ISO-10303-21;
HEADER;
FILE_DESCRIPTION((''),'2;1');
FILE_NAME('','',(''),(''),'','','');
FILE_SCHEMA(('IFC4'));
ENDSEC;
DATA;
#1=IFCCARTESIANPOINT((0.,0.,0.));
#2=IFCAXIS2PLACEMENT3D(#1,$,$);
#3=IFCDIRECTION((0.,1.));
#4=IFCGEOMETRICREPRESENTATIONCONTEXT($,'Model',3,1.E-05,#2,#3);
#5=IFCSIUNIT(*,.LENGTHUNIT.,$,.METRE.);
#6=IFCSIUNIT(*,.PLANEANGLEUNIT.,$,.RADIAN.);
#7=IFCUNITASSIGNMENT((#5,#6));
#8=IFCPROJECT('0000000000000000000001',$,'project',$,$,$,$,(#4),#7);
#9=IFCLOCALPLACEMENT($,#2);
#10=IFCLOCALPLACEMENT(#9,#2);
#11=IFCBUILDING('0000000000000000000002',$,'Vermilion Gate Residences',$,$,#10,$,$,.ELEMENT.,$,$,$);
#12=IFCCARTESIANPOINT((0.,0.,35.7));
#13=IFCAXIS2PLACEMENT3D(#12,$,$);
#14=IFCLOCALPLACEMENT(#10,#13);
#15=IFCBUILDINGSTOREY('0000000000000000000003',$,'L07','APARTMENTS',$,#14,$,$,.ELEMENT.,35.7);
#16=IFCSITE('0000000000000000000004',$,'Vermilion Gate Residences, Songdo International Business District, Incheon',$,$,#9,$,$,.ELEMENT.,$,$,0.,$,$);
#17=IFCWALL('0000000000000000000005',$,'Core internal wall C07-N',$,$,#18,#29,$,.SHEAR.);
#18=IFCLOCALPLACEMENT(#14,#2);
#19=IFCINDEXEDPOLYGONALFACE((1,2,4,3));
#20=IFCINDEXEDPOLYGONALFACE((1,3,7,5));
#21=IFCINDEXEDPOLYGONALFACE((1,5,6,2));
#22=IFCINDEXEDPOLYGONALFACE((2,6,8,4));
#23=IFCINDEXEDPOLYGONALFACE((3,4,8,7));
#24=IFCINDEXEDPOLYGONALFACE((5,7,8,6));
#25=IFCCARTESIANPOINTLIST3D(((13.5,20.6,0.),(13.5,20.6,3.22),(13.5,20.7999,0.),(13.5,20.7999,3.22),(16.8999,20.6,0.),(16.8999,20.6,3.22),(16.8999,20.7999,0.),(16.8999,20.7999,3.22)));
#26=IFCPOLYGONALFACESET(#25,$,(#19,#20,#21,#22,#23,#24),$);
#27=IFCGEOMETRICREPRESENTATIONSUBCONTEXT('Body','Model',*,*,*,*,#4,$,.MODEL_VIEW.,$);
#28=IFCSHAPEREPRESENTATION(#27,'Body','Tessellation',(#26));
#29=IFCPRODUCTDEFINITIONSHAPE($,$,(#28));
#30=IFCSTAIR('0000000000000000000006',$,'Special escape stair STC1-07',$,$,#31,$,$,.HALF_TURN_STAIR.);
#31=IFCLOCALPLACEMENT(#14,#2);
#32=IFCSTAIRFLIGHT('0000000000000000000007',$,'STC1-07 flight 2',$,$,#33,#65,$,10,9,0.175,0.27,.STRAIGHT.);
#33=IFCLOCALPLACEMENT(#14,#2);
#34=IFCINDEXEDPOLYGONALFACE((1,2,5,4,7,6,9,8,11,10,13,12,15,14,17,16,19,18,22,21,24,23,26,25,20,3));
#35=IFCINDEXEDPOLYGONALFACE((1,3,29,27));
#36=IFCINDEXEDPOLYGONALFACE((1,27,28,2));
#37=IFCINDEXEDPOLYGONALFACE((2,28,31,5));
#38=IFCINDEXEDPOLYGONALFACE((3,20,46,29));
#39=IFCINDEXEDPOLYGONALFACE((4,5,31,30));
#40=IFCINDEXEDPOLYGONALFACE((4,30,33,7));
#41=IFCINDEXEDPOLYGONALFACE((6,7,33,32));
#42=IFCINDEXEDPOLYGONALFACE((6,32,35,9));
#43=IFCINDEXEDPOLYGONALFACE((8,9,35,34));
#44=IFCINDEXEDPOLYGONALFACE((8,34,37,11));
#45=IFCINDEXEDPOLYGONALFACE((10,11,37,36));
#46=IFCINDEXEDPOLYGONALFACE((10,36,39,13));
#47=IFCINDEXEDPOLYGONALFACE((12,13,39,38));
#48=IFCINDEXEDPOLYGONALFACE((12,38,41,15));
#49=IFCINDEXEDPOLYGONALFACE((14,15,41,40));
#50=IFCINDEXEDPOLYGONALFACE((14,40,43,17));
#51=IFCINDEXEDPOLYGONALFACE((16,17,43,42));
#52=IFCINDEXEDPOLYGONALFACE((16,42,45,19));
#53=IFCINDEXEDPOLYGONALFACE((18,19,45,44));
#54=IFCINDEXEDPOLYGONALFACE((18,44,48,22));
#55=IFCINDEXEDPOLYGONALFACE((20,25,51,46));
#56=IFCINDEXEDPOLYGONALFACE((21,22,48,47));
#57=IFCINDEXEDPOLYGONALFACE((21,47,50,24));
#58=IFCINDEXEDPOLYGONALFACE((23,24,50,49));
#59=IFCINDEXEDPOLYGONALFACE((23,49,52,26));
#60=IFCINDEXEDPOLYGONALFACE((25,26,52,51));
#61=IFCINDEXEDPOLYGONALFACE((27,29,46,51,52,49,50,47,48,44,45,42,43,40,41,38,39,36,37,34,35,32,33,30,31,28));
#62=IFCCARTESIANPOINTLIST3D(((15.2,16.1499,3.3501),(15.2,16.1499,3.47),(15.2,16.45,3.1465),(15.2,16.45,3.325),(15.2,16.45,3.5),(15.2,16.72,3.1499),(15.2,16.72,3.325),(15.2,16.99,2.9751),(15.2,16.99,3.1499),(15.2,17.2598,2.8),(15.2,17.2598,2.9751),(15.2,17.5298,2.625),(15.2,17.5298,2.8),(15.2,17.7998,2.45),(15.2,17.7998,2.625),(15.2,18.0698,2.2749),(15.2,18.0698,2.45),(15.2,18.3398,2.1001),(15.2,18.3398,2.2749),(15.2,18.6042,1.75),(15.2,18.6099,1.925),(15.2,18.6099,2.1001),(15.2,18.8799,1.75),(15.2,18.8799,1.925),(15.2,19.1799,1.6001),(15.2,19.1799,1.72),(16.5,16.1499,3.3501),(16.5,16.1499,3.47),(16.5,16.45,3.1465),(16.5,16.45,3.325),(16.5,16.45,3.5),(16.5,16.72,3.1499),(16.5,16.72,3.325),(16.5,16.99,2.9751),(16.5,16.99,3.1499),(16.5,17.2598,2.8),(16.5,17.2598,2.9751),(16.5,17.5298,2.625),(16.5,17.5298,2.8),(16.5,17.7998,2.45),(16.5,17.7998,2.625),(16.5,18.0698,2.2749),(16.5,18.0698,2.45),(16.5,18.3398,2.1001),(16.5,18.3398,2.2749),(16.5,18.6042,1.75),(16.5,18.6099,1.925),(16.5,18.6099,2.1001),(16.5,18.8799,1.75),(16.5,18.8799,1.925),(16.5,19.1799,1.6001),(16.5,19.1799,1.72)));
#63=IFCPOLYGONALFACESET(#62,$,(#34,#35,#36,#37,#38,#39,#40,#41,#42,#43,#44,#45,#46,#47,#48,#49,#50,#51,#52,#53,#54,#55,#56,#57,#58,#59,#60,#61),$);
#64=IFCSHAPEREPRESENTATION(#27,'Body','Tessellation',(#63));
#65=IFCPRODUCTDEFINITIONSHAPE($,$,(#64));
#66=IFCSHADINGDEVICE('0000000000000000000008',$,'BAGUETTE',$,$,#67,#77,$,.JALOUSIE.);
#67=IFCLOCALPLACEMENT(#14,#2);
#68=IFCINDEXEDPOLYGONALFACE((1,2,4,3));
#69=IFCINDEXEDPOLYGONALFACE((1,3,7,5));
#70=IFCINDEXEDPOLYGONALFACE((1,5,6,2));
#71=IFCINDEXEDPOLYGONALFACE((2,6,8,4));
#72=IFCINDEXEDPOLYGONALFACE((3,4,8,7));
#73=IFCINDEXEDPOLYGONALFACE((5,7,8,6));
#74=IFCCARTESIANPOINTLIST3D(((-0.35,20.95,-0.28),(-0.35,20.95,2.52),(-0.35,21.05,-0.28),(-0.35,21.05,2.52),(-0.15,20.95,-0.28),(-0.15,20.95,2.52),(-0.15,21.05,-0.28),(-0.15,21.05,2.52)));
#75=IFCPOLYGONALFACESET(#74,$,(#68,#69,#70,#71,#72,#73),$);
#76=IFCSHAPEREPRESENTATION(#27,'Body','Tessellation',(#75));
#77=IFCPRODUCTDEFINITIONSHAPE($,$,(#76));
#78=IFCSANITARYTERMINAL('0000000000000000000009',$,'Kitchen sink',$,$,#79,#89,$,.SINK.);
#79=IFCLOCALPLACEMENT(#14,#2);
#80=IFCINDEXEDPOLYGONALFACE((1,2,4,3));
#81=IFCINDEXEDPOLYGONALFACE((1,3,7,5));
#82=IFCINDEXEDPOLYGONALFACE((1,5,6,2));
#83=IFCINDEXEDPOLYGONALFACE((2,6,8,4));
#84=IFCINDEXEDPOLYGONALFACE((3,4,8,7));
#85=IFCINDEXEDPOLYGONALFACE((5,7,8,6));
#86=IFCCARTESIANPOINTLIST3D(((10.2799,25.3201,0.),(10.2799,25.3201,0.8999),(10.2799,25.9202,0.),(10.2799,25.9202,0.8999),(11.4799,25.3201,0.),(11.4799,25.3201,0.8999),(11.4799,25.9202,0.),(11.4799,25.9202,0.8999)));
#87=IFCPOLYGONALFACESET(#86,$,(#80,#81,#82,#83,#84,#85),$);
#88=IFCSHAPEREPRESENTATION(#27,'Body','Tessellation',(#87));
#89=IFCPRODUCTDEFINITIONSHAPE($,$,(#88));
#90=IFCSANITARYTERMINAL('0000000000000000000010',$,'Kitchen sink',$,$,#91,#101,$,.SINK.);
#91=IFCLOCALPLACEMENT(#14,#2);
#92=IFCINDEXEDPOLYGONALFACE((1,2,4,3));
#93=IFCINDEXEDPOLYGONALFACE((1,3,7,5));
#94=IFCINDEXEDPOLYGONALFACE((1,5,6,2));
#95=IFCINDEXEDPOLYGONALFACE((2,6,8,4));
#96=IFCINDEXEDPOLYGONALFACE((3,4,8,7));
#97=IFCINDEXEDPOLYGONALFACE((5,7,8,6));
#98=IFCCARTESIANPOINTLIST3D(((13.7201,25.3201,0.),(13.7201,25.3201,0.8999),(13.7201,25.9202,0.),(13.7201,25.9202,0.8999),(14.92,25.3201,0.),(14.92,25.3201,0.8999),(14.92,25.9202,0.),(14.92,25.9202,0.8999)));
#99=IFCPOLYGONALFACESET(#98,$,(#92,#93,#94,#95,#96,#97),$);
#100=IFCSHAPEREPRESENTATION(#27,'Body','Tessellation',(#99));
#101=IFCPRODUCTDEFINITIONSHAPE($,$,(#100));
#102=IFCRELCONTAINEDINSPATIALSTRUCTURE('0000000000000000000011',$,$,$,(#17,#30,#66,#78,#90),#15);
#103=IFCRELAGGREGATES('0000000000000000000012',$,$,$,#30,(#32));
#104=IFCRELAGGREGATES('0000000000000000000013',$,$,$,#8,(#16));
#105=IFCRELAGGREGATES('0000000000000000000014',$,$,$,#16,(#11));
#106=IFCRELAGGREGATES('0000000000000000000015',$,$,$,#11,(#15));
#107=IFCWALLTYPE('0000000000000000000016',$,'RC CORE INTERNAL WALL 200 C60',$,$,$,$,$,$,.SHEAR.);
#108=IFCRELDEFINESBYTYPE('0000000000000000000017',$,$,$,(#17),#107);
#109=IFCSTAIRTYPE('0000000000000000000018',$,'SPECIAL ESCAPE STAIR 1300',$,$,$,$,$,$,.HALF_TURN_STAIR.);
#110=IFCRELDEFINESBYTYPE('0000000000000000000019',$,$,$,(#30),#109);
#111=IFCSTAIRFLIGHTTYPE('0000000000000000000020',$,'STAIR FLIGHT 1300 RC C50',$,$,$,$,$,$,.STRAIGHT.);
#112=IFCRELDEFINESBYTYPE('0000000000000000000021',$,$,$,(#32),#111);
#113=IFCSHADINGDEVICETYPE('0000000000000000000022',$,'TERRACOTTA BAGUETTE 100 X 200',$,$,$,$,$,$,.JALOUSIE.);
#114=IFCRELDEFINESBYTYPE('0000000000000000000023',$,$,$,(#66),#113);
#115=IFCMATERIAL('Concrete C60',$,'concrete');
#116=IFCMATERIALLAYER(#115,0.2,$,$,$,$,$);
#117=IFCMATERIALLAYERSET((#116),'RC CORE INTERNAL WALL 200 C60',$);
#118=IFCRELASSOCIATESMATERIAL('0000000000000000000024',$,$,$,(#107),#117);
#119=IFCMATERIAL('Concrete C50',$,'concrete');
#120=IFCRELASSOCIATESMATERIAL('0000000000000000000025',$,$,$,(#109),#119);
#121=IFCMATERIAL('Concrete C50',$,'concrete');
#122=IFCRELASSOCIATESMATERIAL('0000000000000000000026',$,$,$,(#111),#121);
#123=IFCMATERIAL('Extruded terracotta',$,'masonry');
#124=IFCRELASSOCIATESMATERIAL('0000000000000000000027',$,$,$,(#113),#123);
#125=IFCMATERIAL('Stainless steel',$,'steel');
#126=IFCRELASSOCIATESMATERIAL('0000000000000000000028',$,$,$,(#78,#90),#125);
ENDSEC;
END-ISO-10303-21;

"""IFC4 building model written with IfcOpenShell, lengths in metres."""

from ifc_helpers import new_model, si_unit, direction, frame, frame_2d, origin, origin_2d, place, context, subcontext, project, spatial, polyline, rectangle, outline, extrude, material, layer, layer_set, material_profile, profile_set, type_object, element, aggregate, save


model = new_model("IFC4")

# Units and contexts
model_context = context("Model", 3, precision=1e-05, world=origin(), true_north=direction((0.0, 1.0)))
body_context = subcontext(model_context, "Body", "Model", "MODEL_VIEW")
ifc_project = project(units=[si_unit("LENGTHUNIT", "METRE"), si_unit("PLANEANGLEUNIT", "RADIAN")], contexts=[model_context])

# Site, building, storey
site_placement = place(None, origin())
site = spatial("IfcSite", under=ifc_project, at=site_placement, Name="Vermilion Gate Residences, Songdo International Business District, Incheon", CompositionType="ELEMENT", RefElevation=0.0)
building_placement = place(site_placement, origin())
building = spatial("IfcBuilding", under=site, at=building_placement, Name="Vermilion Gate Residences", CompositionType="ELEMENT")
storey_placement = place(building_placement, frame((0.0, 0.0, 35.7)))
storey = spatial("IfcBuildingStorey", under=building, at=storey_placement, Name="L07", Description="APARTMENTS", CompositionType="ELEMENT", Elevation=35.7)

# Wall
ifc_material_1 = material(Name="Concrete C60", Category="concrete")
ifc_layer_1 = layer(ifc_material_1, 0.2)
ifc_layer_set_1 = layer_set([ifc_layer_1], Name="RC CORE INTERNAL WALL 200 C60")
wall_type_1 = type_object("IfcWallType", Name="RC CORE INTERNAL WALL 200 C60", PredefinedType="SHEAR", material=ifc_layer_set_1)
wall_1_placement = place(storey_placement, frame((13.5, 20.7, 0.0), z_axis=(0.0, 0.0, 1.0), x_axis=(1.0, 0.0, 0.0)))
element("IfcWall", 1, at=wall_1_placement, inside=storey, type_object=wall_type_1, Name="Core internal wall C07-N", PredefinedType="SHEAR", context=body_context, shape_type="SweptSolid", body=[
    extrude(rectangle(XDim=3.3999, YDim=0.2, at=frame_2d((1.7, 0.0))), origin(), (0.0, 0.0, 1.0), 3.22),
])

# Stair, stair flight
ifc_material_2 = material(Name="Concrete C50", Category="concrete")
stair_type = type_object("IfcStairType", Name="SPECIAL ESCAPE STAIR 1300", PredefinedType="HALF_TURN_STAIR", material=ifc_material_2)
stair_placement = place(storey_placement, origin())
stair = element("IfcStair", 2, at=stair_placement, inside=storey, type_object=stair_type, Name="Special escape stair STC1-07", PredefinedType="HALF_TURN_STAIR")
ifc_material_3 = material(Name="Concrete C50", Category="concrete")
stair_flight_type = type_object("IfcStairFlightType", Name="STAIR FLIGHT 1300 RC C50", PredefinedType="STRAIGHT", material=ifc_material_3)
stair_flight_placement = place(storey_placement, frame((15.8501, 18.8799, 1.75), z_axis=(0.0, 0.0, 1.0), x_axis=(0.0, -1.0, 0.0)))
stair_flight = element("IfcStairFlight", 3, at=stair_flight_placement, type_object=stair_flight_type, Name="STC1-07 flight 2", NumberOfRisers=10, NumberOfTreads=9, PredefinedType="STRAIGHT", RiserHeight=0.175, TreadLength=0.27, context=body_context, shape_type="SweptSolid", body=[
    extrude(outline(polyline([(-0.3, -0.1499), (-0.3, -0.03), (0.0, 0.0), (0.0, 0.175), (0.27, 0.175), (0.27, 0.3501), (0.54, 0.3501), (0.54, 0.5249), (0.8101, 0.5249), (0.8101, 0.7), (1.0801, 0.7), (1.0801, 0.875), (1.3501, 0.875), (1.3501, 1.05), (1.6201, 1.05), (1.6201, 1.2251), (1.8899, 1.2251), (1.8899, 1.3999), (2.1599, 1.3999), (2.1599, 1.575), (2.4299, 1.575), (2.4299, 1.75), (2.73, 1.72), (2.73, 1.6001), (2.4299, 1.3965), (0.2756, 0.0), (-0.3, -0.1499)])), frame((0.0, 0.6499, 0.0), z_axis=(0.0, -1.0, 0.0), x_axis=(1.0, 0.0, 0.0)), (0.0, 0.0, 1.0), 1.3),
])
aggregate(stair, [stair_flight])

# Shading device
ifc_material_4 = material(Name="Extruded terracotta", Category="masonry")
ifc_material_profile_1 = material_profile(ifc_material_4, rectangle(XDim=0.2, YDim=0.1001, at=origin_2d()), Name="BAGUETTE 100 X 200")
ifc_profile_set_1 = profile_set([ifc_material_profile_1], Name="Extruded terracotta")
shading_device_type = type_object("IfcShadingDeviceType", Name="TERRACOTTA BAGUETTE 100 X 200", PredefinedType="JALOUSIE", material=ifc_profile_set_1)
shading_device_placement = place(storey_placement, frame((-0.25, 21.0, -0.28), z_axis=(0.0, 0.0, 1.0), x_axis=(1.0, 0.0, 0.0)))
element("IfcShadingDevice", 4, at=shading_device_placement, inside=storey, type_object=shading_device_type, Name="BAGUETTE", PredefinedType="JALOUSIE", context=body_context, shape_type="SweptSolid", body=[
    extrude(rectangle(XDim=0.2, YDim=0.1001, at=origin_2d()), origin(), (0.0, 0.0, 1.0), 2.8),
])

# Sanitary terminals
ifc_material_5 = material(Name="Stainless steel", Category="steel")
for number, where, z_axis, x_axis, name in (
    (5, (10.8799, 25.6201, 0.0), (0.0, 0.0, 1.0), (1.0, 0.0, 0.0), "Kitchen sink"),
    (6, (14.3201, 25.6201, 0.0), (0.0, 0.0, 1.0), (1.0, 0.0, 0.0), "Kitchen sink"),
):
    element("IfcSanitaryTerminal", number, at=place(storey_placement, frame(where, z_axis=z_axis, x_axis=x_axis)), inside=storey, material=ifc_material_5, Name=name, PredefinedType="SINK", context=body_context, shape_type="SweptSolid", body=[
        extrude(rectangle(XDim=1.2, YDim=0.6001, at=origin_2d()), origin(), (0.0, 0.0, 1.0), 0.8999),
    ])

save(model, "model.ifc")
